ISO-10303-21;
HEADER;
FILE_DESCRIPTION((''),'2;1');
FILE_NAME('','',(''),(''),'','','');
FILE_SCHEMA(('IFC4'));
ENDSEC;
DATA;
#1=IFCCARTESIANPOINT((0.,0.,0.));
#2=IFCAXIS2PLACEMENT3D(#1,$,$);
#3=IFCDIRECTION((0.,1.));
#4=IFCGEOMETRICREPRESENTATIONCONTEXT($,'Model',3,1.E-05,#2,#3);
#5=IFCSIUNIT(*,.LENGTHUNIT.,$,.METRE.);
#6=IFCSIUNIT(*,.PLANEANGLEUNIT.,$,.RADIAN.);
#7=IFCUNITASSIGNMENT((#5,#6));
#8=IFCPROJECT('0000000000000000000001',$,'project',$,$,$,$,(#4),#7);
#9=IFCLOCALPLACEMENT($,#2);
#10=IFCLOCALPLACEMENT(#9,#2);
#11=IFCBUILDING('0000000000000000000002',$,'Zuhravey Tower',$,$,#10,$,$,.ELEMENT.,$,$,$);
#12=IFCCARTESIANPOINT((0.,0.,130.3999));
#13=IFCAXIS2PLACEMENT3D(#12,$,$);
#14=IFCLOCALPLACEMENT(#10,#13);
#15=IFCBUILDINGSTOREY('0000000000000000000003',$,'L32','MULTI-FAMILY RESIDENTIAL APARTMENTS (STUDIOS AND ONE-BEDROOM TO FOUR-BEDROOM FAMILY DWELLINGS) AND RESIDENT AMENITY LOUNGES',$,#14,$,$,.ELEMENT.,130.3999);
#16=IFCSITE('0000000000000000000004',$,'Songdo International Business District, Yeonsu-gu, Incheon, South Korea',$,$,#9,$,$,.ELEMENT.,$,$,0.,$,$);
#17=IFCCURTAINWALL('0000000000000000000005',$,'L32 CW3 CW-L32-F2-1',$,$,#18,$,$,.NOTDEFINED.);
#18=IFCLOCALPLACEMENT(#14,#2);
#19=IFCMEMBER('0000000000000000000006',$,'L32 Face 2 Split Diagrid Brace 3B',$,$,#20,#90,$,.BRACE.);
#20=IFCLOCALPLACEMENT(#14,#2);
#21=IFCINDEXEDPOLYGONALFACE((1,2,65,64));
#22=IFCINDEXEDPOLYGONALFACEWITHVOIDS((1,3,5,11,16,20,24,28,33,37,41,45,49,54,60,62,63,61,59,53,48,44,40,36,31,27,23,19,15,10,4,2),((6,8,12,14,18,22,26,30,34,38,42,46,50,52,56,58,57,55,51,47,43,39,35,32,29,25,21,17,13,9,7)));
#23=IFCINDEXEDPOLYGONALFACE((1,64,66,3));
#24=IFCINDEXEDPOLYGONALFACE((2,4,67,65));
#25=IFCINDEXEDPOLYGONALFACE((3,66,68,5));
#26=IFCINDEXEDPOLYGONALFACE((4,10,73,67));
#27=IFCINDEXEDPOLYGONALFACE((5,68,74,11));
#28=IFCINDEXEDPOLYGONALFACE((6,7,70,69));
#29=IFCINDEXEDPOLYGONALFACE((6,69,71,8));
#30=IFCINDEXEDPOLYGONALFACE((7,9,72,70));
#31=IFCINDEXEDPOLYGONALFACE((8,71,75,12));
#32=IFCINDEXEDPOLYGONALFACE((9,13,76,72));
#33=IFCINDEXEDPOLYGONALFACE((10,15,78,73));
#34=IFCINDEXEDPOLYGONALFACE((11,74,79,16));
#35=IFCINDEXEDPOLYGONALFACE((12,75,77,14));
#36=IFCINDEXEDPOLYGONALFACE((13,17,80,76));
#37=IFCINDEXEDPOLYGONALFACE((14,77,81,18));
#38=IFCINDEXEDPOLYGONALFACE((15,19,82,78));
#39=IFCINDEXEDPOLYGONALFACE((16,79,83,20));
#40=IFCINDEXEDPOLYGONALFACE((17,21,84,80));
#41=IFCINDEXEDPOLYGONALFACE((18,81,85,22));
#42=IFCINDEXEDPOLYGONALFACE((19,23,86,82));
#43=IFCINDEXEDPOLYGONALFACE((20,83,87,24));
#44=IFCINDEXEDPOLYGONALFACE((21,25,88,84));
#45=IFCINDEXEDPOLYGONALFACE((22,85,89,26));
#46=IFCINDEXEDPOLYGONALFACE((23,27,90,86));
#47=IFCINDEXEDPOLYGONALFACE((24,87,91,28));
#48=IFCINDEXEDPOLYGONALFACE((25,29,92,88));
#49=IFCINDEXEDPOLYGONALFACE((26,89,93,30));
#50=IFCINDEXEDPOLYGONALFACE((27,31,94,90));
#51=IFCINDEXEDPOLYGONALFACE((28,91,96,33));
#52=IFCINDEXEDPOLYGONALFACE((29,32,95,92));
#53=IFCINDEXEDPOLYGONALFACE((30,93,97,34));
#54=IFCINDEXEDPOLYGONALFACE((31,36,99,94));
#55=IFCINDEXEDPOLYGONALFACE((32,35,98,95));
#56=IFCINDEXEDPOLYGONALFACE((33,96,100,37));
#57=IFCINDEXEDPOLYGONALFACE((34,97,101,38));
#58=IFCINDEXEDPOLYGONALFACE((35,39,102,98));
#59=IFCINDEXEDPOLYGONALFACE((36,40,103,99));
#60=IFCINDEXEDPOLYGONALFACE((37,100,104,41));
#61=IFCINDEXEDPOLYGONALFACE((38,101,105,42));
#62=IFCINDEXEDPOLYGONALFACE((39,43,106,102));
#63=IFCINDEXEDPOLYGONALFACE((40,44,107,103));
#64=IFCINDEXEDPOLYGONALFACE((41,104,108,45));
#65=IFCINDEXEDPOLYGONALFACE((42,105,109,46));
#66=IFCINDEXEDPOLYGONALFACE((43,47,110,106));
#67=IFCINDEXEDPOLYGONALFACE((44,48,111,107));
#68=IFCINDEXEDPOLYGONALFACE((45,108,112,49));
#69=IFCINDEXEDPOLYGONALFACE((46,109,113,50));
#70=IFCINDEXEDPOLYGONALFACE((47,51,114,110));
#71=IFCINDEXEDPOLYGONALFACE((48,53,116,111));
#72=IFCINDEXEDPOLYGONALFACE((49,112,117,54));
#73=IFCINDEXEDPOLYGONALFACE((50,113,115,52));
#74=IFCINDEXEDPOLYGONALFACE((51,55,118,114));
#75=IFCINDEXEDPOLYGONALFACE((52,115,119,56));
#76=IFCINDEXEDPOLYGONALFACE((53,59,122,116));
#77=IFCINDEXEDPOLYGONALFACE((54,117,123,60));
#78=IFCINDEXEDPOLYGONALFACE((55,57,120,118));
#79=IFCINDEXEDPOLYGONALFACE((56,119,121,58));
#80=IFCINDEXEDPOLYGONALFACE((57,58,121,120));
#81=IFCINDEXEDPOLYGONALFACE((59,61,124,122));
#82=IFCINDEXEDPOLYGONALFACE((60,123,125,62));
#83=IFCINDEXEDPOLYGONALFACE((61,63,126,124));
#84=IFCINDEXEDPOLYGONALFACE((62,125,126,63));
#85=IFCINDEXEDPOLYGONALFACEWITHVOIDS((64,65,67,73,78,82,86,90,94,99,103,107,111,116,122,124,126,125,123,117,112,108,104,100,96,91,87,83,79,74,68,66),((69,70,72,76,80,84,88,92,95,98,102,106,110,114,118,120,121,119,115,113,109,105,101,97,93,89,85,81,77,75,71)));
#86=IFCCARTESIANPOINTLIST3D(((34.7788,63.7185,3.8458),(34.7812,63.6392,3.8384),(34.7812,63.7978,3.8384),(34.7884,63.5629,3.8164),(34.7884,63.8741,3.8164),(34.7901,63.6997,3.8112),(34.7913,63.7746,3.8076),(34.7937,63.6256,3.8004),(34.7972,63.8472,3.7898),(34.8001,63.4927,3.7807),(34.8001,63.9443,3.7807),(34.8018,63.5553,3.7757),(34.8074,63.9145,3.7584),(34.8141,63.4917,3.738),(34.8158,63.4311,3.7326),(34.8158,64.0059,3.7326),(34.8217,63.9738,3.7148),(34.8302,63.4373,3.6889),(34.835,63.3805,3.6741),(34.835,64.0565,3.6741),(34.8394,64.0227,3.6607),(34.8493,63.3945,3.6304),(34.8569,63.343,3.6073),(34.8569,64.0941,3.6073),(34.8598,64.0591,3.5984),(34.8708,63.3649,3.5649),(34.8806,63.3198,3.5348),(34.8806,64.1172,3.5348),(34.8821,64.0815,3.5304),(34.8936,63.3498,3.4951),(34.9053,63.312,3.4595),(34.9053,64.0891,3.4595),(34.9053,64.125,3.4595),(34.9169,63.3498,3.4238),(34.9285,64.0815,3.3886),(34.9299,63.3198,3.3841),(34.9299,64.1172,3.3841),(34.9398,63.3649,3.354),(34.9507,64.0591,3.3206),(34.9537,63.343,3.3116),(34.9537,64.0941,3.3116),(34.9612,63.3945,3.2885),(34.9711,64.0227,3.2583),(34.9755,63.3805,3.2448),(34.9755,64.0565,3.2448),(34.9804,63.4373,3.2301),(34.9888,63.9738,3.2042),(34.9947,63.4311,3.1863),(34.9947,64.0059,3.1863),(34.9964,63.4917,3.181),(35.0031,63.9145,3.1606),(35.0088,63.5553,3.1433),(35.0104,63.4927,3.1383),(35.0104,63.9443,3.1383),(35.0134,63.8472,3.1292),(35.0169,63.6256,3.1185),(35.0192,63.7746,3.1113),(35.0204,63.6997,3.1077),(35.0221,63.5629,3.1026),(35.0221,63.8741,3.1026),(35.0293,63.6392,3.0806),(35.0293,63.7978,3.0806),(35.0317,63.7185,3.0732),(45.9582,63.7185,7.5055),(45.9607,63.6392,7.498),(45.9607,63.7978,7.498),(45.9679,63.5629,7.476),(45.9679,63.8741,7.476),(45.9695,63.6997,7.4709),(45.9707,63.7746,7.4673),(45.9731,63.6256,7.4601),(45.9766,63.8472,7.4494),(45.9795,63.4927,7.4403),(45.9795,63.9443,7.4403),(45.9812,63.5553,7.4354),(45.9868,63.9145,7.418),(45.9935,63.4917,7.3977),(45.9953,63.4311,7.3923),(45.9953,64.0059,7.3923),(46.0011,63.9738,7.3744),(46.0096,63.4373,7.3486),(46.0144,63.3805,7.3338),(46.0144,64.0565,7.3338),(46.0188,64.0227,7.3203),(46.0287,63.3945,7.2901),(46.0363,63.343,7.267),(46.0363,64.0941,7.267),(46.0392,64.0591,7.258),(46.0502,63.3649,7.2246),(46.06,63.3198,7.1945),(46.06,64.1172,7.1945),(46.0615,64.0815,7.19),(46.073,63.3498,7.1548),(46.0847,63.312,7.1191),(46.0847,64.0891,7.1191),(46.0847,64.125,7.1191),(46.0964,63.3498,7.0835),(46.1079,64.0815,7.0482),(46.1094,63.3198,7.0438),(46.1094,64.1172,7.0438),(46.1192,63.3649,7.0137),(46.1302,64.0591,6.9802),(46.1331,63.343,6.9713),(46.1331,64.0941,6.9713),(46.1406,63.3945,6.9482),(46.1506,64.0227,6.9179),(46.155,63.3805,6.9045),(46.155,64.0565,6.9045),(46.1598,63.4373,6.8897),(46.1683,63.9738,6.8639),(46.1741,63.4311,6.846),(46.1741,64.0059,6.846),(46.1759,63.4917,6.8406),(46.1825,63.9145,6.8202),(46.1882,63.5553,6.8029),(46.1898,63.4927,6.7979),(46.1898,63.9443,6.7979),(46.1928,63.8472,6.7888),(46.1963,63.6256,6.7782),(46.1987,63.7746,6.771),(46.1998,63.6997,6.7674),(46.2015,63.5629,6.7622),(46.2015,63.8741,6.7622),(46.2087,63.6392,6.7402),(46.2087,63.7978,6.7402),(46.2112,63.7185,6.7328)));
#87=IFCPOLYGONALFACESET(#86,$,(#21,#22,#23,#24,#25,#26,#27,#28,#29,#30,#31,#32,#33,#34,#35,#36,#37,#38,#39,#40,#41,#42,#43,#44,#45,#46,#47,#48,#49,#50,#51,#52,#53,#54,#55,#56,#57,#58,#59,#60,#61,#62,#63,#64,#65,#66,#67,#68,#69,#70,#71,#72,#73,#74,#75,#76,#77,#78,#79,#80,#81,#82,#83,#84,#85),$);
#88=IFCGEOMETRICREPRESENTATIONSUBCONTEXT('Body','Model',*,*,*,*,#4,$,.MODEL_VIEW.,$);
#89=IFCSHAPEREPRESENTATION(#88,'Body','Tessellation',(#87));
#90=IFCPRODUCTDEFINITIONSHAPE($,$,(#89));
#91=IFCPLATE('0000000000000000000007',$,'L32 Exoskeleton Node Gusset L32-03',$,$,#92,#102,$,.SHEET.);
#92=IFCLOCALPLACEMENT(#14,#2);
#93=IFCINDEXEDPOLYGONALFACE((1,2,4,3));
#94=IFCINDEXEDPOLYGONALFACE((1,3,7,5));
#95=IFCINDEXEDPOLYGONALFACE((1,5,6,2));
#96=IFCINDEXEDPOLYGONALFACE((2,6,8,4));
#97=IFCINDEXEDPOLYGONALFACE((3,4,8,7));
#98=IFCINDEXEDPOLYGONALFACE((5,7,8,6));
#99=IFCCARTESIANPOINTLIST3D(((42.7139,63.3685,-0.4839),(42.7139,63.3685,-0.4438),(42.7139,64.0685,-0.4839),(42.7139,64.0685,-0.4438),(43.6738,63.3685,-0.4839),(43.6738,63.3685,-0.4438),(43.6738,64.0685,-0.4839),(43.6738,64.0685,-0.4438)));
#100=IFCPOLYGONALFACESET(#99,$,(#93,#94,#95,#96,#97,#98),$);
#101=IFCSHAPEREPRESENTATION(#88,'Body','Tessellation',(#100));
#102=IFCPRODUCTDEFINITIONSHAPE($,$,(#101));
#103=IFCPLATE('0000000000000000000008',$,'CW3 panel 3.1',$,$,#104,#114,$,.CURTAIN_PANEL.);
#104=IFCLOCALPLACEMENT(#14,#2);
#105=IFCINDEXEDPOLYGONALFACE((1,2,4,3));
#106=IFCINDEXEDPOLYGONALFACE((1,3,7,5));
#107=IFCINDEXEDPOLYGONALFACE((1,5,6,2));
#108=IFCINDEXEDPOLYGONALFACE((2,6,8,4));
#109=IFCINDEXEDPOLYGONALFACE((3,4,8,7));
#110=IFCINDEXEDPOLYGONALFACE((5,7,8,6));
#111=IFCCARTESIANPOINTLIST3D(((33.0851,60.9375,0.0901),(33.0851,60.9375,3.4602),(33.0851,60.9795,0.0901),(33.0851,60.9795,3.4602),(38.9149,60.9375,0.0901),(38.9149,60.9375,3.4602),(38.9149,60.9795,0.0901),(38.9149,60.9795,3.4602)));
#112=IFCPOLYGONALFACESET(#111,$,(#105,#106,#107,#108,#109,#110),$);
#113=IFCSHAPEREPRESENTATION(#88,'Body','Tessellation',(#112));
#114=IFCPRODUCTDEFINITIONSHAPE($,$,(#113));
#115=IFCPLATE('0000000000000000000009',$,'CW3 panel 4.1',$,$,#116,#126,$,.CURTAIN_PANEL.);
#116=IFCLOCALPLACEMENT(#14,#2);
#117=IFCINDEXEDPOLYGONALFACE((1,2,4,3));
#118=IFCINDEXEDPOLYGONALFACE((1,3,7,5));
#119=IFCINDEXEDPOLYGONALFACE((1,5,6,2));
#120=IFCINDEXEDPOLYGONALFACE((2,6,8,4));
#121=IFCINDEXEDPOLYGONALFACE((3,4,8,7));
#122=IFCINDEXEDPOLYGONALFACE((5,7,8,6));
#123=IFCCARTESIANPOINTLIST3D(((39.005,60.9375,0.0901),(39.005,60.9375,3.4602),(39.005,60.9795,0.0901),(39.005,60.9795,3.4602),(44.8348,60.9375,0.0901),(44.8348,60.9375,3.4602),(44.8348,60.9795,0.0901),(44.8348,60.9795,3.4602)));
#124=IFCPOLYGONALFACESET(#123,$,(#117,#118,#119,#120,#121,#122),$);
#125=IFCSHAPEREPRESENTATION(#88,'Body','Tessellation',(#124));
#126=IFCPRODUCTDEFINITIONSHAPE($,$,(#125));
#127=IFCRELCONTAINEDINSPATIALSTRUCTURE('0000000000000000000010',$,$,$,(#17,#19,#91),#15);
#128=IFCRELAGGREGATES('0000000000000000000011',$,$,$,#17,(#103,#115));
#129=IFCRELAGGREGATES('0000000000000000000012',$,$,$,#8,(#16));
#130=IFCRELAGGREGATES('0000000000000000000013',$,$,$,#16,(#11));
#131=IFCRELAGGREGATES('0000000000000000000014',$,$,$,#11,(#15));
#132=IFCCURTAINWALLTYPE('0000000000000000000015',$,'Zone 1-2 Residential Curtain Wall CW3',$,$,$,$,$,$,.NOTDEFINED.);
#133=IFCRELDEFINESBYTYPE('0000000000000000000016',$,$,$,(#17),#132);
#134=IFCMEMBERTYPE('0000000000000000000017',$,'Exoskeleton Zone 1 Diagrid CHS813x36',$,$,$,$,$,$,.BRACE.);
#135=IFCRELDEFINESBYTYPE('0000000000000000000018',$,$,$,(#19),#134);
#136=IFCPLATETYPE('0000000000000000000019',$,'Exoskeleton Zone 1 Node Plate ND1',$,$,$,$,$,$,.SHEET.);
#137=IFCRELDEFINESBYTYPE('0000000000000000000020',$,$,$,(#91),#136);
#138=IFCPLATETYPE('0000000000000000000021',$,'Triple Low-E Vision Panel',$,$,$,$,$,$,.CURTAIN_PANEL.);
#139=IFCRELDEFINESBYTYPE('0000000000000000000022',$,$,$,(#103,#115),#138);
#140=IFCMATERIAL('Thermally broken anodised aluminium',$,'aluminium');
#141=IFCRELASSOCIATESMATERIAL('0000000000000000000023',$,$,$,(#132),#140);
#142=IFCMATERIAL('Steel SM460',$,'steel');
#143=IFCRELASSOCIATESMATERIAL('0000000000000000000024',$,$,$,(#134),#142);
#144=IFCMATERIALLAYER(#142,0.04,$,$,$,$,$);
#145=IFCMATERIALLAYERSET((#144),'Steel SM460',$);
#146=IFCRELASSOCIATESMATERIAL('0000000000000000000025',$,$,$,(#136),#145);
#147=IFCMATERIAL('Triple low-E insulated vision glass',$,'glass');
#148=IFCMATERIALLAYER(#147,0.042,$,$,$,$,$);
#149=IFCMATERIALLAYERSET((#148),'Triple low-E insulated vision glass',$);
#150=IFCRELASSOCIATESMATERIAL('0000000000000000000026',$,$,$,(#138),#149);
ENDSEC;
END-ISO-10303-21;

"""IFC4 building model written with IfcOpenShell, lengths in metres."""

from ifc_helpers import new_model, si_unit, direction, frame, origin, origin_2d, place, context, subcontext, project, spatial, rectangle, hollow_circle, extrude, material, layer, layer_set, material_profile, profile_set, type_object, element, aggregate, save


model = new_model("IFC4")

# Units and contexts
model_context = context("Model", 3, precision=1e-05, world=origin(), true_north=direction((0.0, 1.0)))
body_context = subcontext(model_context, "Body", "Model", "MODEL_VIEW")
ifc_project = project(units=[si_unit("LENGTHUNIT", "METRE"), si_unit("PLANEANGLEUNIT", "RADIAN")], contexts=[model_context])

# Site, building, storey
site_placement = place(None, origin())
site = spatial("IfcSite", under=ifc_project, at=site_placement, Name="Songdo International Business District, Yeonsu-gu, Incheon, South Korea", CompositionType="ELEMENT", RefElevation=0.0)
building_placement = place(site_placement, origin())
building = spatial("IfcBuilding", under=site, at=building_placement, Name="Zuhravey Tower", CompositionType="ELEMENT")
storey_placement = place(building_placement, frame((0.0, 0.0, 130.3999)))
storey = spatial("IfcBuildingStorey", under=building, at=storey_placement, Name="L32", Description="MULTI-FAMILY RESIDENTIAL APARTMENTS (STUDIOS AND ONE-BEDROOM TO FOUR-BEDROOM FAMILY DWELLINGS) AND RESIDENT AMENITY LOUNGES", CompositionType="ELEMENT", Elevation=130.3999)

# Curtain wall
ifc_material_1 = material(Name="Thermally broken anodised aluminium", Category="aluminium")
curtain_wall_type = type_object("IfcCurtainWallType", Name="Zone 1-2 Residential Curtain Wall CW3", PredefinedType="NOTDEFINED", material=ifc_material_1)
curtain_wall_placement = place(storey_placement, origin())
curtain_wall = element("IfcCurtainWall", 1, at=curtain_wall_placement, inside=storey, type_object=curtain_wall_type, Name="L32 CW3 CW-L32-F2-1", PredefinedType="NOTDEFINED")

# Member
ifc_material_2 = material(Name="Steel SM460", Category="steel")
ifc_material_profile_1 = material_profile(ifc_material_2, hollow_circle(Radius=0.4065, WallThickness=0.0359, at=origin_2d()), Name="CHS-812.8x36")
ifc_profile_set_1 = profile_set([ifc_material_profile_1], Name="Steel SM460")
member_type_1 = type_object("IfcMemberType", Name="Exoskeleton Zone 1 Diagrid CHS813x36", PredefinedType="BRACE", material=ifc_profile_set_1)
member_1_placement = place(storey_placement, frame((34.9053, 63.7185, 3.4595), z_axis=(0.950373, 0.0, 0.311111), x_axis=(0.0, 1.0, 0.0)))
element("IfcMember", 2, at=member_1_placement, inside=storey, type_object=member_type_1, Name="L32 Face 2 Split Diagrid Brace 3B", PredefinedType="BRACE", context=body_context, shape_type="SweptSolid", body=[
    extrude(hollow_circle(Radius=0.4065, WallThickness=0.0359, at=origin_2d()), origin(), (0.0, 0.0, 1.0), 11.7632),
])

# Plates
ifc_layer_1 = layer(ifc_material_2, 0.04)
ifc_layer_set_1 = layer_set([ifc_layer_1], Name="Steel SM460")
plate_type_1 = type_object("IfcPlateType", Name="Exoskeleton Zone 1 Node Plate ND1", PredefinedType="SHEET", material=ifc_layer_set_1)
plate_1_placement = place(storey_placement, frame((43.1938, 63.7185, -0.4839), z_axis=(0.0, 0.0, 1.0), x_axis=(-1.0, 0.0, 0.0)))
element("IfcPlate", 3, at=plate_1_placement, inside=storey, type_object=plate_type_1, Name="L32 Exoskeleton Node Gusset L32-03", PredefinedType="SHEET", context=body_context, shape_type="SweptSolid", body=[
    extrude(rectangle(XDim=0.96, YDim=0.7, at=origin_2d()), origin(), (0.0, 0.0, 1.0), 0.04),
])
ifc_material_3 = material(Name="Triple low-E insulated vision glass", Category="glass")
ifc_layer_2 = layer(ifc_material_3, 0.042)
ifc_layer_set_2 = layer_set([ifc_layer_2], Name="Triple low-E insulated vision glass")
plate_type_2 = type_object("IfcPlateType", Name="Triple Low-E Vision Panel", PredefinedType="CURTAIN_PANEL", material=ifc_layer_set_2)
plate_2_placement = place(storey_placement, frame((36.0, 60.9585, 0.0901), z_axis=(0.0, 0.0, 1.0), x_axis=(1.0, 0.0, 0.0)))
plate_2 = element("IfcPlate", 4, at=plate_2_placement, type_object=plate_type_2, Name="CW3 panel 3.1", PredefinedType="CURTAIN_PANEL", context=body_context, shape_type="SweptSolid", body=[
    extrude(rectangle(XDim=5.8298, YDim=0.042, at=origin_2d()), origin(), (0.0, 0.0, 1.0), 3.3701),
])
plate_3_placement = place(storey_placement, frame((41.9199, 60.9585, 0.0901), z_axis=(0.0, 0.0, 1.0), x_axis=(1.0, 0.0, 0.0)))
plate_3 = element("IfcPlate", 5, at=plate_3_placement, type_object=plate_type_2, Name="CW3 panel 4.1", PredefinedType="CURTAIN_PANEL", context=body_context, shape_type="SweptSolid", body=[
    extrude(rectangle(XDim=5.8298, YDim=0.042, at=origin_2d()), origin(), (0.0, 0.0, 1.0), 3.3701),
])
aggregate(curtain_wall, [plate_2, plate_3])

save(model, "model.ifc")
